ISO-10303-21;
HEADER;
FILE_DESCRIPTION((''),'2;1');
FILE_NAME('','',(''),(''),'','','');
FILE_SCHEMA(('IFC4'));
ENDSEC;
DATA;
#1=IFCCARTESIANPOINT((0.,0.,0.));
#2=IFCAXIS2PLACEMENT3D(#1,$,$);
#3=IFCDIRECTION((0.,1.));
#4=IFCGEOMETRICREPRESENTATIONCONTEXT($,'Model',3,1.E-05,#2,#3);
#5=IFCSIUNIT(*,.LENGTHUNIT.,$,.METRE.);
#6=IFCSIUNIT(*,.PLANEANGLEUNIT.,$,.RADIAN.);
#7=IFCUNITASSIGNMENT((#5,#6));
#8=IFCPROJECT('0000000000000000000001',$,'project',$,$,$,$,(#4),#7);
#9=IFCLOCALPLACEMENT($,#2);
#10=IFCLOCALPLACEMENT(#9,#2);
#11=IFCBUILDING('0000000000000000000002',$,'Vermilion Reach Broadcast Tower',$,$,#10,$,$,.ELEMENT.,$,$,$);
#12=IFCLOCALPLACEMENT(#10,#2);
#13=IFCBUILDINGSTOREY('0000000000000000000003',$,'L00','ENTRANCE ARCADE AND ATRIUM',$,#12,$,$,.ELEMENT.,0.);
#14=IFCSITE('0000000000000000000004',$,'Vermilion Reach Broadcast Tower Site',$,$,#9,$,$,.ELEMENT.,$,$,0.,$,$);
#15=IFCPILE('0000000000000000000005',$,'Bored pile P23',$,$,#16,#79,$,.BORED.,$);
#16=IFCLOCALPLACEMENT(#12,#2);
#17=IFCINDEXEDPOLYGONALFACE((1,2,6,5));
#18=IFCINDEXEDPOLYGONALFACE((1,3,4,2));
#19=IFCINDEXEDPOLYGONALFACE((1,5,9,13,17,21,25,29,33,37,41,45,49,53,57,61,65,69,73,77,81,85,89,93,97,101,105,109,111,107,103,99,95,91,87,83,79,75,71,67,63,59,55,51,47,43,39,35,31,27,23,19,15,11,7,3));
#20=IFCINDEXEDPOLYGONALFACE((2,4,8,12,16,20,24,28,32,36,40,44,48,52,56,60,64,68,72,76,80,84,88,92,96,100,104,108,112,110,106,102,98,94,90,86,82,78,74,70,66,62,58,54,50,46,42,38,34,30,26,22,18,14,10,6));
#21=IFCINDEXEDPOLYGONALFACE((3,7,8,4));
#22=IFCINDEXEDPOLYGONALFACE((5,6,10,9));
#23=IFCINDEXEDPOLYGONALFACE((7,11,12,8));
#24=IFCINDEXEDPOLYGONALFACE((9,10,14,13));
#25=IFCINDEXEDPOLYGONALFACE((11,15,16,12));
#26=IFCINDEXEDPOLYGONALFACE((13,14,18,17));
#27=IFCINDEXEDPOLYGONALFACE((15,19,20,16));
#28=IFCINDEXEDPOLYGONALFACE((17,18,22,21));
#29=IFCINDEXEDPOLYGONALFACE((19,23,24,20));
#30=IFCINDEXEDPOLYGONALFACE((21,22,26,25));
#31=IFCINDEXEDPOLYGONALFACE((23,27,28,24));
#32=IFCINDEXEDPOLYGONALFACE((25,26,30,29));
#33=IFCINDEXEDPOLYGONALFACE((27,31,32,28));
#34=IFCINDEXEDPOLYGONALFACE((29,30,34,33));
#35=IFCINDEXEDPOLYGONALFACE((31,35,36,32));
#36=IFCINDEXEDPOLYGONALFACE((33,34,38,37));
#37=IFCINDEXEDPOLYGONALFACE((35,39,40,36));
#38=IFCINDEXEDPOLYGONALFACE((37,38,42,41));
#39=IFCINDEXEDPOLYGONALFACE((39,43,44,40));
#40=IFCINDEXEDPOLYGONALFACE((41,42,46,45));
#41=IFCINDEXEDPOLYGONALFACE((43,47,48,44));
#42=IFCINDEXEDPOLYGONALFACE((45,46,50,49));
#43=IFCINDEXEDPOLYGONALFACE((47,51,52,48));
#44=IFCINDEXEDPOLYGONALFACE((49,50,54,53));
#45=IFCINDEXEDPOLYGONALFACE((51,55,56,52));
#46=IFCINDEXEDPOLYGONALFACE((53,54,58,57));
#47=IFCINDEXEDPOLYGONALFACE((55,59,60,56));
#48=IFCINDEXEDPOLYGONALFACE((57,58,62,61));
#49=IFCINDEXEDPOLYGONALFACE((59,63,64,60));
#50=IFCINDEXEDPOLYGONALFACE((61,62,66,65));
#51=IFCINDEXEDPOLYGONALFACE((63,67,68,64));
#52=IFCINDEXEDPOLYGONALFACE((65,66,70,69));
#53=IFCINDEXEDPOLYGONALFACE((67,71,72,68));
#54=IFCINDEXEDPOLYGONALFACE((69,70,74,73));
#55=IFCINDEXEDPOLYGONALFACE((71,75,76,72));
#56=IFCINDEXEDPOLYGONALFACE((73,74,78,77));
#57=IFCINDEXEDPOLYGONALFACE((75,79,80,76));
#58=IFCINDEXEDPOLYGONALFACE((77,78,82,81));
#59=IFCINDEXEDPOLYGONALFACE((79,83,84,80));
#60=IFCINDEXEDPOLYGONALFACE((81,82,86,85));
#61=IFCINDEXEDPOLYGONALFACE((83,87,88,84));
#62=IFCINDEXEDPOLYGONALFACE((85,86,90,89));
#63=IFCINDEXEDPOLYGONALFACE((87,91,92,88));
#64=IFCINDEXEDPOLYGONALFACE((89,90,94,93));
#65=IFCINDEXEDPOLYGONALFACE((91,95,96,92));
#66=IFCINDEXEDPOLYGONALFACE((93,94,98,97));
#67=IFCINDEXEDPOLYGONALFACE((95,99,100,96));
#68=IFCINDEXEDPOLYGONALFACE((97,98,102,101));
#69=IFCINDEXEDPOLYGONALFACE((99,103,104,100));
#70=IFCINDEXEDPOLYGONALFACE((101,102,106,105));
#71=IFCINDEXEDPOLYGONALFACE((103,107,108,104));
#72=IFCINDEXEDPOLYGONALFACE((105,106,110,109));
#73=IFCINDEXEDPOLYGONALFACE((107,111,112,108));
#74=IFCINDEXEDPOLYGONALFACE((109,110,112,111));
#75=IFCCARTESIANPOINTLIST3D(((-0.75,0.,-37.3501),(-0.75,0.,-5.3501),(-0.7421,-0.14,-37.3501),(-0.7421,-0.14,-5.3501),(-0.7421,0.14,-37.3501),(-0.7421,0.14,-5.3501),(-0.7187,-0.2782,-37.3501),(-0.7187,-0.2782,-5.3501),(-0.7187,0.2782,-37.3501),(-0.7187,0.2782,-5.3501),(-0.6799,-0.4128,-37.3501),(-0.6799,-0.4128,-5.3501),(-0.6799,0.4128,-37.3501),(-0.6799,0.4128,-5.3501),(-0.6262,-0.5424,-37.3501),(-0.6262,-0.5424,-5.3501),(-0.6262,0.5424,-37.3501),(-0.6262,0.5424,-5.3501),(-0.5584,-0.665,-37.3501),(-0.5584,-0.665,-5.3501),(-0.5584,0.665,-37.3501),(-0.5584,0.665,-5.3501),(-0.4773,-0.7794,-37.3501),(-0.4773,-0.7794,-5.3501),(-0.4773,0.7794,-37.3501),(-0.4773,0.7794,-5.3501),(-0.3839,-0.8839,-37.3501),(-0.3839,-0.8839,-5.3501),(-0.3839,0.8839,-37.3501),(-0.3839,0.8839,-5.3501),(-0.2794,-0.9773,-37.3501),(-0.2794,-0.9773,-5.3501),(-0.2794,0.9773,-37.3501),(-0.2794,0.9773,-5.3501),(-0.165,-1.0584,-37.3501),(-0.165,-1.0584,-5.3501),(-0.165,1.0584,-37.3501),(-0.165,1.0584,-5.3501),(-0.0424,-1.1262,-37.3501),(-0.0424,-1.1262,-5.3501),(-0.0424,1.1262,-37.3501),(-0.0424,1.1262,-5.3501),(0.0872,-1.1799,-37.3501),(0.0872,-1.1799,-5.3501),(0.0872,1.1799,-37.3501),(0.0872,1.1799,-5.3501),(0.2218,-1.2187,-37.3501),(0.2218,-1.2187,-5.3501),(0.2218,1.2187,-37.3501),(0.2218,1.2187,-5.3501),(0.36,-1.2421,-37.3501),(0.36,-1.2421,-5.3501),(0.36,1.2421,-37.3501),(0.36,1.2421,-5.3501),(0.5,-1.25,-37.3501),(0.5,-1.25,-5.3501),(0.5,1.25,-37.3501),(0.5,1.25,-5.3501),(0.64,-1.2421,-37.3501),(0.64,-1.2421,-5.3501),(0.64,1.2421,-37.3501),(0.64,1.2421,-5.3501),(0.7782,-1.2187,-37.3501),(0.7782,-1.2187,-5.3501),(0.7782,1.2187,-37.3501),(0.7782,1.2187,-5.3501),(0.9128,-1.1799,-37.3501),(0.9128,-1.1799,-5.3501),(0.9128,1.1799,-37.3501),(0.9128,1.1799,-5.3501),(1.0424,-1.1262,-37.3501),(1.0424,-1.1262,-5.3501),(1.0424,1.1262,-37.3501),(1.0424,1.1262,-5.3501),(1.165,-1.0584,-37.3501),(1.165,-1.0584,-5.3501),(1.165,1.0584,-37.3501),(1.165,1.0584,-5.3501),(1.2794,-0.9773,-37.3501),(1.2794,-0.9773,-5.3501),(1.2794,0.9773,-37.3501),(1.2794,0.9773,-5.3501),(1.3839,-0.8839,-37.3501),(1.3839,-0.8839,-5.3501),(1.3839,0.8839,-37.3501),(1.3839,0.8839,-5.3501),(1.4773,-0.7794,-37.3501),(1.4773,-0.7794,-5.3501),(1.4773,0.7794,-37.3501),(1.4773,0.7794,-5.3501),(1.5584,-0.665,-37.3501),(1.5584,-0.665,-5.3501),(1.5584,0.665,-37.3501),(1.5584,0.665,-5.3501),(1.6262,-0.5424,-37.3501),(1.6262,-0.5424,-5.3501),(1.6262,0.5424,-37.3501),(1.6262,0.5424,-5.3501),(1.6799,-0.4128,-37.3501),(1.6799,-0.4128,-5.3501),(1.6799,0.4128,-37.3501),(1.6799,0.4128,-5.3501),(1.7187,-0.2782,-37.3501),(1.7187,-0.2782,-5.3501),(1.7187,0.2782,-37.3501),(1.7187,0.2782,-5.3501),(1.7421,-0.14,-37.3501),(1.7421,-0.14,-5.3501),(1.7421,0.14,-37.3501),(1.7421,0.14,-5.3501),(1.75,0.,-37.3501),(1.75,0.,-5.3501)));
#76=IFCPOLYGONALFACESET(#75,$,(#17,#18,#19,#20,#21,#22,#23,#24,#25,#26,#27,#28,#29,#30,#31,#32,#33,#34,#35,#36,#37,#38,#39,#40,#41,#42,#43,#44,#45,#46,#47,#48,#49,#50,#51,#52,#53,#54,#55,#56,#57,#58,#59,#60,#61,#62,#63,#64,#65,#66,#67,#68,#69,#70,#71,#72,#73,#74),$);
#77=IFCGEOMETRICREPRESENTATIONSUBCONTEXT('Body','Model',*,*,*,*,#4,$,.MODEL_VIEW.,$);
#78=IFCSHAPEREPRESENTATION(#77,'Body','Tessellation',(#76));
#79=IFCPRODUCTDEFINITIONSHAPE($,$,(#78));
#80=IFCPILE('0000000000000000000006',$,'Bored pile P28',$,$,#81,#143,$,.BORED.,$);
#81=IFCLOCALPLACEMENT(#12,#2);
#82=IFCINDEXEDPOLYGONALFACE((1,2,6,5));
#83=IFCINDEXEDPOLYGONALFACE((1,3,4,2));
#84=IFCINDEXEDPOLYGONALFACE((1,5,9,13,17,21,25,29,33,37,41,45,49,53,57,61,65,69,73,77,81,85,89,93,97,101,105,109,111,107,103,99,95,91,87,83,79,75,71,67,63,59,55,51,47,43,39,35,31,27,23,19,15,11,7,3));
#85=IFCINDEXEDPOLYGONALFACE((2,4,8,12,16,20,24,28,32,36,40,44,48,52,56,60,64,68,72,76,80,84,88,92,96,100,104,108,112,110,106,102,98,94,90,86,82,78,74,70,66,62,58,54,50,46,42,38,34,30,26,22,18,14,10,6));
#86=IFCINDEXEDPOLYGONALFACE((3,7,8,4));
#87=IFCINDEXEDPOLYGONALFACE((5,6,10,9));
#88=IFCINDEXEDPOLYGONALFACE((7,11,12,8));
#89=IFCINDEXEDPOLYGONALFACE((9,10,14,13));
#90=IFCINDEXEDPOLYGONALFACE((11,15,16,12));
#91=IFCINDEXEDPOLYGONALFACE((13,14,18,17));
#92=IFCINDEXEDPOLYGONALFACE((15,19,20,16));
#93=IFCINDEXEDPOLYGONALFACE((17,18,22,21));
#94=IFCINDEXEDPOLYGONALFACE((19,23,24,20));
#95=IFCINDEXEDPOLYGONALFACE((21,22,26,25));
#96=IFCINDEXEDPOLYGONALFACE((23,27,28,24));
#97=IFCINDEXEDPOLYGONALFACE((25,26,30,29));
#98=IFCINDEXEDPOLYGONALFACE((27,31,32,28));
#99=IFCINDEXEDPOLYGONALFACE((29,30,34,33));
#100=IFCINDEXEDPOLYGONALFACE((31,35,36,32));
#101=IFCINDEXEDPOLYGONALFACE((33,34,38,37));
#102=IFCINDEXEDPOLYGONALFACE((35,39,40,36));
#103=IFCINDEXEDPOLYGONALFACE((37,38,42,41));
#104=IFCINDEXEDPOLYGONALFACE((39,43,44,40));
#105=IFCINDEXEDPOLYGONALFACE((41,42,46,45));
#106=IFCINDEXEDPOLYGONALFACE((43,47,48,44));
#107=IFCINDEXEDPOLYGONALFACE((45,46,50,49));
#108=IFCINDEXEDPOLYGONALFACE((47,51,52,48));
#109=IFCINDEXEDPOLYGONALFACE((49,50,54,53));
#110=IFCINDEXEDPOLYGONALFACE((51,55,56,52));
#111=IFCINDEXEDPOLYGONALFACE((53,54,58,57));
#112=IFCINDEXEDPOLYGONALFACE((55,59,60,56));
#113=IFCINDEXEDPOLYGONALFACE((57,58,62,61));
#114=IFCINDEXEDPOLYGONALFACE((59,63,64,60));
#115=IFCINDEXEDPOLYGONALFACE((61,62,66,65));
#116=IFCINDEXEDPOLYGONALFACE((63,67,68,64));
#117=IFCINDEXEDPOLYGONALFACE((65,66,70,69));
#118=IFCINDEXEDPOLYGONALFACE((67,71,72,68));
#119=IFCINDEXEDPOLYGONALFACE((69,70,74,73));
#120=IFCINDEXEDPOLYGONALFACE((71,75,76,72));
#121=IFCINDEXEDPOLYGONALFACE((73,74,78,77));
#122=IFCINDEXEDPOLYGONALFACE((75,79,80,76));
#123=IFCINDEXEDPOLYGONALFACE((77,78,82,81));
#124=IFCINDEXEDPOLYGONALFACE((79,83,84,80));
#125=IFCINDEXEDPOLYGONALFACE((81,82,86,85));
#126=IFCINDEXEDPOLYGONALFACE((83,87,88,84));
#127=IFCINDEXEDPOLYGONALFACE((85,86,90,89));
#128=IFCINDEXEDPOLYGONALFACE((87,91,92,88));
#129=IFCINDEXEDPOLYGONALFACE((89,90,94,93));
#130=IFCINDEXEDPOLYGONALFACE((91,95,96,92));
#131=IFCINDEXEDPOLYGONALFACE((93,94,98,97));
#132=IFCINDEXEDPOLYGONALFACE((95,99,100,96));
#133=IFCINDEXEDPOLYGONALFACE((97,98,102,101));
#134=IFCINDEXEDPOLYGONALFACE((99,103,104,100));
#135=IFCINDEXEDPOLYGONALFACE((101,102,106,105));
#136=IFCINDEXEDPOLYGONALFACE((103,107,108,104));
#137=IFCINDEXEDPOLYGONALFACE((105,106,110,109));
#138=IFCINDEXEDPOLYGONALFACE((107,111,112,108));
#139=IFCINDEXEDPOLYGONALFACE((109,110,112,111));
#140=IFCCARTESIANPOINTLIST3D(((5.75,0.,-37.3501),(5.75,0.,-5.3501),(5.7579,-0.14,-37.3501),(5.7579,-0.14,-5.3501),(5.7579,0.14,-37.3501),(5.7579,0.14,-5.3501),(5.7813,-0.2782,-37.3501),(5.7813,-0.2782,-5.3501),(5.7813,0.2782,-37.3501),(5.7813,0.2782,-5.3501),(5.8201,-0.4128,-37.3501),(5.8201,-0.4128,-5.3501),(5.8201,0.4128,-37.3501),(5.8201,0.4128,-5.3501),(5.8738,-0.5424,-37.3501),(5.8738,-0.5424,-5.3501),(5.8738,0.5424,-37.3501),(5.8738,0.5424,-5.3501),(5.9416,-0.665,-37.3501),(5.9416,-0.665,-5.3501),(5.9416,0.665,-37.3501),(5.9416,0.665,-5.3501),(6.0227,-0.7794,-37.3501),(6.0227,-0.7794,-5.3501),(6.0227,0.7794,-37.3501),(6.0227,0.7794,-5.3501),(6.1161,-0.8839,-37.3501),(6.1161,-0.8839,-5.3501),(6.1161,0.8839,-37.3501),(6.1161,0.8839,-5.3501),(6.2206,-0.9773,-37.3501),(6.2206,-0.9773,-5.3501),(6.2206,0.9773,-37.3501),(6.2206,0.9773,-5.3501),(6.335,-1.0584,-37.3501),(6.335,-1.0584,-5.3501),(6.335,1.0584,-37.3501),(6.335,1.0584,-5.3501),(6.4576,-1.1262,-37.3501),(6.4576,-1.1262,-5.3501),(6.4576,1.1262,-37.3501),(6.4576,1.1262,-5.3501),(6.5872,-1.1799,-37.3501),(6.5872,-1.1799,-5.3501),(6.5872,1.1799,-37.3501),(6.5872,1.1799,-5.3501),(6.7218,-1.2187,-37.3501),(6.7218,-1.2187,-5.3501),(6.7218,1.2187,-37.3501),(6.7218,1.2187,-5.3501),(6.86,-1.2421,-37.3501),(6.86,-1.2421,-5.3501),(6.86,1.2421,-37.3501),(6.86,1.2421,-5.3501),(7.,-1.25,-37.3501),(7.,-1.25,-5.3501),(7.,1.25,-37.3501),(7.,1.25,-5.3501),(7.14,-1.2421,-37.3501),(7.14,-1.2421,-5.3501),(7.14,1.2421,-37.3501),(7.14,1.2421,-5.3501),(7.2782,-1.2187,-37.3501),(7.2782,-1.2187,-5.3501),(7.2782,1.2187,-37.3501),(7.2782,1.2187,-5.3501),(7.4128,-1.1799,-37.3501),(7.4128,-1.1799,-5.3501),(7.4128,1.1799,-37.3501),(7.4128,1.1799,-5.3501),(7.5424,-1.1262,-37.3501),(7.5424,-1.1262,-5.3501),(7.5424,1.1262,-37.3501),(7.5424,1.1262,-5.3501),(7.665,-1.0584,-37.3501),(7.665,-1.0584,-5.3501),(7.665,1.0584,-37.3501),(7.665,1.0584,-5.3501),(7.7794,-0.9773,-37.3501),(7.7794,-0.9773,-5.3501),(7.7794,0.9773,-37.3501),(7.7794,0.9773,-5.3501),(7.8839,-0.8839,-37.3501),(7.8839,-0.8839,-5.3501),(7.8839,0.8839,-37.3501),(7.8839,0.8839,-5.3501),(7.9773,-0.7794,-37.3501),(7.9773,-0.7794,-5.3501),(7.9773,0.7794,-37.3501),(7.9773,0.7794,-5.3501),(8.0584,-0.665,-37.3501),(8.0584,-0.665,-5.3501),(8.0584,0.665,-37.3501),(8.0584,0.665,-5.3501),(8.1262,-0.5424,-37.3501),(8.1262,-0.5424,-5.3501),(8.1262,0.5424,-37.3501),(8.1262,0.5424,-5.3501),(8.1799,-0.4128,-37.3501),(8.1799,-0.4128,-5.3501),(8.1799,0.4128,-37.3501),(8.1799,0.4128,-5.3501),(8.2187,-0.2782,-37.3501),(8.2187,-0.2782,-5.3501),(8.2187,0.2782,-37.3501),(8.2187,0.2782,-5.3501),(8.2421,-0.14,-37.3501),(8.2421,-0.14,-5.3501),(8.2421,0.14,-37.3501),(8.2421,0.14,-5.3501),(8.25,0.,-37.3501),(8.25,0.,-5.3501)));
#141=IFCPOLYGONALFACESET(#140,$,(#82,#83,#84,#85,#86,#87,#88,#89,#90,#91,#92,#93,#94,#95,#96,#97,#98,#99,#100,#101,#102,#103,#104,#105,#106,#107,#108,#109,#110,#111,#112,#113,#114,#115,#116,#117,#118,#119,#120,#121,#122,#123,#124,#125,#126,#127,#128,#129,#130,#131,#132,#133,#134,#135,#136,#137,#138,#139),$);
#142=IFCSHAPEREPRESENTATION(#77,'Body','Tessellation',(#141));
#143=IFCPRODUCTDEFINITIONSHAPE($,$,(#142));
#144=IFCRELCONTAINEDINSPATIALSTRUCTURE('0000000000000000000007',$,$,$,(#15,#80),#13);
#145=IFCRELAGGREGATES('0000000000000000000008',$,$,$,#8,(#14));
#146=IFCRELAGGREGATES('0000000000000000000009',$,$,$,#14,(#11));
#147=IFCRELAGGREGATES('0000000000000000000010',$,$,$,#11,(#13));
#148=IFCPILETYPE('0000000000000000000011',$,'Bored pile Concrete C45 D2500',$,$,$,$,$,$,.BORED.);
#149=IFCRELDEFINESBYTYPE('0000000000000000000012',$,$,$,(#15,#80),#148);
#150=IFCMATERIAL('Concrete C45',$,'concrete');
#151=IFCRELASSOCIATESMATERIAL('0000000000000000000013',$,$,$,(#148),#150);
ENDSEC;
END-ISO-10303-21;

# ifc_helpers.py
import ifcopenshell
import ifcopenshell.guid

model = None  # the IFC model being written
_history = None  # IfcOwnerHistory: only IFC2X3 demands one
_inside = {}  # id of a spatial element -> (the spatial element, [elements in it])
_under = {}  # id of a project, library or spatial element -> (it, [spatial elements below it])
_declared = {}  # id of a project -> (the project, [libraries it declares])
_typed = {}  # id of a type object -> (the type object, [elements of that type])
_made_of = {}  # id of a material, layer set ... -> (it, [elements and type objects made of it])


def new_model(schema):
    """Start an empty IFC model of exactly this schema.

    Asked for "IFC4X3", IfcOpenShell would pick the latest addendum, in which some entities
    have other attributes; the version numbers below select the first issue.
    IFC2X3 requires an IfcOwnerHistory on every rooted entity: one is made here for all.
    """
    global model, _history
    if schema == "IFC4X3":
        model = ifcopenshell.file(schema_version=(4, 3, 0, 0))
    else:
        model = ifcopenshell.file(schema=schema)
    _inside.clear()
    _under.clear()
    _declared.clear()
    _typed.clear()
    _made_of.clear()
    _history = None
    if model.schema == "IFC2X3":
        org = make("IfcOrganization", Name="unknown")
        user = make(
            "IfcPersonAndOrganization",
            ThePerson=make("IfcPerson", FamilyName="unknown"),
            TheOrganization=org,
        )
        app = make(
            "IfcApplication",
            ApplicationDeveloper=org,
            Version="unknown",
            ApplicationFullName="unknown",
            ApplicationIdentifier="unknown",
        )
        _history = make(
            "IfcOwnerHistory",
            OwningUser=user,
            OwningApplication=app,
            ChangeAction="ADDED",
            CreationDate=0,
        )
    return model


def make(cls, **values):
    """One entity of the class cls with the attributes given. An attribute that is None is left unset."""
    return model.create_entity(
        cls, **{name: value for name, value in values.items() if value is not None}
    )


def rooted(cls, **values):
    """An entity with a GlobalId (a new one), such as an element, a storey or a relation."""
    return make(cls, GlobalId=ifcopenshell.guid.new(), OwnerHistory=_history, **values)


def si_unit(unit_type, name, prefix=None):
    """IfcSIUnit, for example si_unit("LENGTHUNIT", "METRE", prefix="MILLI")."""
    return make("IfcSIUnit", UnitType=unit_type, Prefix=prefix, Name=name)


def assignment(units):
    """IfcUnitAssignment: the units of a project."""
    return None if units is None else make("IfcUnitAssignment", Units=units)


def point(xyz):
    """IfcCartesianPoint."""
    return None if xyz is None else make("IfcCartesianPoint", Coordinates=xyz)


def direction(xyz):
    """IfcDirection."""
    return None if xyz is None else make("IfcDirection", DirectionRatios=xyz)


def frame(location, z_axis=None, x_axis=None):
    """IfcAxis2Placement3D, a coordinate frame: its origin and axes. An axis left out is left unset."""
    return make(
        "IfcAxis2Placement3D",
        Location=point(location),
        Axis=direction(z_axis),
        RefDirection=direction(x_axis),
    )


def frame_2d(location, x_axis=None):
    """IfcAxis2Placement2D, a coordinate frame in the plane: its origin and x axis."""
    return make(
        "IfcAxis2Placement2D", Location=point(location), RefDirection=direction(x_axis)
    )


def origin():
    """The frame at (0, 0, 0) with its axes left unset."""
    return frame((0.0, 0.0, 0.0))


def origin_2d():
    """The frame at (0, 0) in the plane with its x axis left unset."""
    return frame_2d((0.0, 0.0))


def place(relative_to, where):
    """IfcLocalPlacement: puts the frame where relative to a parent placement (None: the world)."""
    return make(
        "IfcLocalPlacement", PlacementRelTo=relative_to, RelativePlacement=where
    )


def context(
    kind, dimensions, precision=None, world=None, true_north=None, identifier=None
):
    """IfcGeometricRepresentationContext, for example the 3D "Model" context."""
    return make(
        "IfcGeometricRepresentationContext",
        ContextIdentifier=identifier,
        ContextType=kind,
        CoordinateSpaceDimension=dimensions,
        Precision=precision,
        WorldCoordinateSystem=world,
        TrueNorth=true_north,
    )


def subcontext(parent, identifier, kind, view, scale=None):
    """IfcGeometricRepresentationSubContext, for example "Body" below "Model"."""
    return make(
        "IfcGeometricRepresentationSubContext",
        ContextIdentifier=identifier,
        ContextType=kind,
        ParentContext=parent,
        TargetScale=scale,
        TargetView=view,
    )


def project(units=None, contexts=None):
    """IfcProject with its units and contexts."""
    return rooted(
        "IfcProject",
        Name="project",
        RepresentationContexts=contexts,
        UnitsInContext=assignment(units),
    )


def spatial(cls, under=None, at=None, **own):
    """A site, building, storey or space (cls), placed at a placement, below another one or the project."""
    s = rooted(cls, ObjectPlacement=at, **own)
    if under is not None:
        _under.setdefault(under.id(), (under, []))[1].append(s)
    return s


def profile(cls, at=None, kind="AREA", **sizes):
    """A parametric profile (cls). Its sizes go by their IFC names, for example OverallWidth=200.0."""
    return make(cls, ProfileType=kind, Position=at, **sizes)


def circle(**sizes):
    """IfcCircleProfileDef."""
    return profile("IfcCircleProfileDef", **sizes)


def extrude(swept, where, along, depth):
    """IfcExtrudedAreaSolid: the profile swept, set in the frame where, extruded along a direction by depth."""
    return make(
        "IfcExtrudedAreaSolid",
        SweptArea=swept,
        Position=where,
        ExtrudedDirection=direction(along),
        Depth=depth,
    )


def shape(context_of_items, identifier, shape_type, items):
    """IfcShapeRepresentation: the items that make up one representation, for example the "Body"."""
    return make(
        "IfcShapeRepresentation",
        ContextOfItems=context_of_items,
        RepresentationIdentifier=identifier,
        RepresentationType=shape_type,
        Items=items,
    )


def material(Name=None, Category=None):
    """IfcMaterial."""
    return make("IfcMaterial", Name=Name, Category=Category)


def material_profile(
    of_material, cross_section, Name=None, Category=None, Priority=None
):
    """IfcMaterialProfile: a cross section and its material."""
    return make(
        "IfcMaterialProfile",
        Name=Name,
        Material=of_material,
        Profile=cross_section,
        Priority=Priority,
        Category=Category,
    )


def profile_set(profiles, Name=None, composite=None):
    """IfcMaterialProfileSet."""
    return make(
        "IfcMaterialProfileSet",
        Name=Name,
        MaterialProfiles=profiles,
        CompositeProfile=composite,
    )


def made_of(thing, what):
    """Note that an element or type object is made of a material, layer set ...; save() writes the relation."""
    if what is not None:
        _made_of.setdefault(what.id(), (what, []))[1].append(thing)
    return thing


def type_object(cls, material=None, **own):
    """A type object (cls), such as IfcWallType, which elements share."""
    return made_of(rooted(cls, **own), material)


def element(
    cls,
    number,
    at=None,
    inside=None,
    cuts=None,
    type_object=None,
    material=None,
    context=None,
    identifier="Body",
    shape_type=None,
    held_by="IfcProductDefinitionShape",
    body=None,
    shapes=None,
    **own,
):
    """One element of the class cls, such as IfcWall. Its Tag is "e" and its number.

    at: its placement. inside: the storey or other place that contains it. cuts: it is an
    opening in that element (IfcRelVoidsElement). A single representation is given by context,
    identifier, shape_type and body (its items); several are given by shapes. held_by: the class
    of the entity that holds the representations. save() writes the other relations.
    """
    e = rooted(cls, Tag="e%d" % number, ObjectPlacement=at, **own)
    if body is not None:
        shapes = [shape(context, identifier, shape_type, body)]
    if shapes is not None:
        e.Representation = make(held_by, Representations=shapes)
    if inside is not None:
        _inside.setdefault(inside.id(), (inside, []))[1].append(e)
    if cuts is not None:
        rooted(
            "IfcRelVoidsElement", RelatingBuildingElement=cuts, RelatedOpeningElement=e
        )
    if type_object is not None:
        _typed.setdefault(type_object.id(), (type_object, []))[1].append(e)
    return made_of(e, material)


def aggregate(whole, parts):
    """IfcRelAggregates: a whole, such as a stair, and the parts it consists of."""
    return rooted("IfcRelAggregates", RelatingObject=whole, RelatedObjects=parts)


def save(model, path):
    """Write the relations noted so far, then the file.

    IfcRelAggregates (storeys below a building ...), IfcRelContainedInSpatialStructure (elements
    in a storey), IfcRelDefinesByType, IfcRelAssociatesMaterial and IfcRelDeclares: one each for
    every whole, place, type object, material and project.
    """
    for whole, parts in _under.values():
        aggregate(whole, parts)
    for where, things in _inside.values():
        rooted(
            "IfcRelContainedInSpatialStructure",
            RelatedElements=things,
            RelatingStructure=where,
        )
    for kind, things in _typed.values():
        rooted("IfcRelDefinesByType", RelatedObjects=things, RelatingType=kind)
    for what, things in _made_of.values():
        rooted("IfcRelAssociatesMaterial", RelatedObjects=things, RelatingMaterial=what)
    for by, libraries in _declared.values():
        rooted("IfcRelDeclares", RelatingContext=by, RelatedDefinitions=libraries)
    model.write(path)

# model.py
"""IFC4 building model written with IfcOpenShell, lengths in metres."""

from ifc_helpers import new_model, si_unit, direction, frame, origin, origin_2d, place, context, subcontext, project, spatial, circle, extrude, material, material_profile, profile_set, type_object, element, save


model = new_model("IFC4")

# Units and contexts
model_context = context("Model", 3, precision=1e-05, world=origin(), true_north=direction((0.0, 1.0)))
body_context = subcontext(model_context, "Body", "Model", "MODEL_VIEW")
ifc_project = project(units=[si_unit("LENGTHUNIT", "METRE"), si_unit("PLANEANGLEUNIT", "RADIAN")], contexts=[model_context])

# Site, building, storey
site_placement = place(None, origin())
site = spatial("IfcSite", under=ifc_project, at=site_placement, Name="Vermilion Reach Broadcast Tower Site", CompositionType="ELEMENT", RefElevation=0.0)
building_placement = place(site_placement, origin())
building = spatial("IfcBuilding", under=site, at=building_placement, Name="Vermilion Reach Broadcast Tower", CompositionType="ELEMENT")
storey_placement = place(building_placement, origin())
storey = spatial("IfcBuildingStorey", under=building, at=storey_placement, Name="L00", Description="ENTRANCE ARCADE AND ATRIUM", CompositionType="ELEMENT", Elevation=0.0)

# Piles
ifc_material_1 = material(Name="Concrete C45", Category="concrete")
ifc_material_profile_1 = material_profile(ifc_material_1, circle(Radius=1.25, at=origin_2d()), Name="Concrete C45 D2500")
ifc_profile_set_1 = profile_set([ifc_material_profile_1], Name="Concrete C45")
pile_type = type_object("IfcPileType", Name="Bored pile Concrete C45 D2500", PredefinedType="BORED", material=ifc_profile_set_1)
for number, where, z_axis, x_axis, name in (
    (1, (0.5, 0.0, -5.3501), (0.0, 0.0, -1.0), (1.0, 0.0, 0.0), "Bored pile P23"),
    (2, (7.0, 0.0, -5.3501), (0.0, 0.0, -1.0), (1.0, 0.0, 0.0), "Bored pile P28"),
):
    element("IfcPile", number, at=place(storey_placement, frame(where, z_axis=z_axis, x_axis=x_axis)), inside=storey, type_object=pile_type, Name=name, PredefinedType="BORED", context=body_context, shape_type="SweptSolid", body=[
        extrude(circle(Radius=1.25, at=origin_2d()), origin(), (0.0, 0.0, 1.0), 32.0),
    ])

save(model, "model.ifc")
